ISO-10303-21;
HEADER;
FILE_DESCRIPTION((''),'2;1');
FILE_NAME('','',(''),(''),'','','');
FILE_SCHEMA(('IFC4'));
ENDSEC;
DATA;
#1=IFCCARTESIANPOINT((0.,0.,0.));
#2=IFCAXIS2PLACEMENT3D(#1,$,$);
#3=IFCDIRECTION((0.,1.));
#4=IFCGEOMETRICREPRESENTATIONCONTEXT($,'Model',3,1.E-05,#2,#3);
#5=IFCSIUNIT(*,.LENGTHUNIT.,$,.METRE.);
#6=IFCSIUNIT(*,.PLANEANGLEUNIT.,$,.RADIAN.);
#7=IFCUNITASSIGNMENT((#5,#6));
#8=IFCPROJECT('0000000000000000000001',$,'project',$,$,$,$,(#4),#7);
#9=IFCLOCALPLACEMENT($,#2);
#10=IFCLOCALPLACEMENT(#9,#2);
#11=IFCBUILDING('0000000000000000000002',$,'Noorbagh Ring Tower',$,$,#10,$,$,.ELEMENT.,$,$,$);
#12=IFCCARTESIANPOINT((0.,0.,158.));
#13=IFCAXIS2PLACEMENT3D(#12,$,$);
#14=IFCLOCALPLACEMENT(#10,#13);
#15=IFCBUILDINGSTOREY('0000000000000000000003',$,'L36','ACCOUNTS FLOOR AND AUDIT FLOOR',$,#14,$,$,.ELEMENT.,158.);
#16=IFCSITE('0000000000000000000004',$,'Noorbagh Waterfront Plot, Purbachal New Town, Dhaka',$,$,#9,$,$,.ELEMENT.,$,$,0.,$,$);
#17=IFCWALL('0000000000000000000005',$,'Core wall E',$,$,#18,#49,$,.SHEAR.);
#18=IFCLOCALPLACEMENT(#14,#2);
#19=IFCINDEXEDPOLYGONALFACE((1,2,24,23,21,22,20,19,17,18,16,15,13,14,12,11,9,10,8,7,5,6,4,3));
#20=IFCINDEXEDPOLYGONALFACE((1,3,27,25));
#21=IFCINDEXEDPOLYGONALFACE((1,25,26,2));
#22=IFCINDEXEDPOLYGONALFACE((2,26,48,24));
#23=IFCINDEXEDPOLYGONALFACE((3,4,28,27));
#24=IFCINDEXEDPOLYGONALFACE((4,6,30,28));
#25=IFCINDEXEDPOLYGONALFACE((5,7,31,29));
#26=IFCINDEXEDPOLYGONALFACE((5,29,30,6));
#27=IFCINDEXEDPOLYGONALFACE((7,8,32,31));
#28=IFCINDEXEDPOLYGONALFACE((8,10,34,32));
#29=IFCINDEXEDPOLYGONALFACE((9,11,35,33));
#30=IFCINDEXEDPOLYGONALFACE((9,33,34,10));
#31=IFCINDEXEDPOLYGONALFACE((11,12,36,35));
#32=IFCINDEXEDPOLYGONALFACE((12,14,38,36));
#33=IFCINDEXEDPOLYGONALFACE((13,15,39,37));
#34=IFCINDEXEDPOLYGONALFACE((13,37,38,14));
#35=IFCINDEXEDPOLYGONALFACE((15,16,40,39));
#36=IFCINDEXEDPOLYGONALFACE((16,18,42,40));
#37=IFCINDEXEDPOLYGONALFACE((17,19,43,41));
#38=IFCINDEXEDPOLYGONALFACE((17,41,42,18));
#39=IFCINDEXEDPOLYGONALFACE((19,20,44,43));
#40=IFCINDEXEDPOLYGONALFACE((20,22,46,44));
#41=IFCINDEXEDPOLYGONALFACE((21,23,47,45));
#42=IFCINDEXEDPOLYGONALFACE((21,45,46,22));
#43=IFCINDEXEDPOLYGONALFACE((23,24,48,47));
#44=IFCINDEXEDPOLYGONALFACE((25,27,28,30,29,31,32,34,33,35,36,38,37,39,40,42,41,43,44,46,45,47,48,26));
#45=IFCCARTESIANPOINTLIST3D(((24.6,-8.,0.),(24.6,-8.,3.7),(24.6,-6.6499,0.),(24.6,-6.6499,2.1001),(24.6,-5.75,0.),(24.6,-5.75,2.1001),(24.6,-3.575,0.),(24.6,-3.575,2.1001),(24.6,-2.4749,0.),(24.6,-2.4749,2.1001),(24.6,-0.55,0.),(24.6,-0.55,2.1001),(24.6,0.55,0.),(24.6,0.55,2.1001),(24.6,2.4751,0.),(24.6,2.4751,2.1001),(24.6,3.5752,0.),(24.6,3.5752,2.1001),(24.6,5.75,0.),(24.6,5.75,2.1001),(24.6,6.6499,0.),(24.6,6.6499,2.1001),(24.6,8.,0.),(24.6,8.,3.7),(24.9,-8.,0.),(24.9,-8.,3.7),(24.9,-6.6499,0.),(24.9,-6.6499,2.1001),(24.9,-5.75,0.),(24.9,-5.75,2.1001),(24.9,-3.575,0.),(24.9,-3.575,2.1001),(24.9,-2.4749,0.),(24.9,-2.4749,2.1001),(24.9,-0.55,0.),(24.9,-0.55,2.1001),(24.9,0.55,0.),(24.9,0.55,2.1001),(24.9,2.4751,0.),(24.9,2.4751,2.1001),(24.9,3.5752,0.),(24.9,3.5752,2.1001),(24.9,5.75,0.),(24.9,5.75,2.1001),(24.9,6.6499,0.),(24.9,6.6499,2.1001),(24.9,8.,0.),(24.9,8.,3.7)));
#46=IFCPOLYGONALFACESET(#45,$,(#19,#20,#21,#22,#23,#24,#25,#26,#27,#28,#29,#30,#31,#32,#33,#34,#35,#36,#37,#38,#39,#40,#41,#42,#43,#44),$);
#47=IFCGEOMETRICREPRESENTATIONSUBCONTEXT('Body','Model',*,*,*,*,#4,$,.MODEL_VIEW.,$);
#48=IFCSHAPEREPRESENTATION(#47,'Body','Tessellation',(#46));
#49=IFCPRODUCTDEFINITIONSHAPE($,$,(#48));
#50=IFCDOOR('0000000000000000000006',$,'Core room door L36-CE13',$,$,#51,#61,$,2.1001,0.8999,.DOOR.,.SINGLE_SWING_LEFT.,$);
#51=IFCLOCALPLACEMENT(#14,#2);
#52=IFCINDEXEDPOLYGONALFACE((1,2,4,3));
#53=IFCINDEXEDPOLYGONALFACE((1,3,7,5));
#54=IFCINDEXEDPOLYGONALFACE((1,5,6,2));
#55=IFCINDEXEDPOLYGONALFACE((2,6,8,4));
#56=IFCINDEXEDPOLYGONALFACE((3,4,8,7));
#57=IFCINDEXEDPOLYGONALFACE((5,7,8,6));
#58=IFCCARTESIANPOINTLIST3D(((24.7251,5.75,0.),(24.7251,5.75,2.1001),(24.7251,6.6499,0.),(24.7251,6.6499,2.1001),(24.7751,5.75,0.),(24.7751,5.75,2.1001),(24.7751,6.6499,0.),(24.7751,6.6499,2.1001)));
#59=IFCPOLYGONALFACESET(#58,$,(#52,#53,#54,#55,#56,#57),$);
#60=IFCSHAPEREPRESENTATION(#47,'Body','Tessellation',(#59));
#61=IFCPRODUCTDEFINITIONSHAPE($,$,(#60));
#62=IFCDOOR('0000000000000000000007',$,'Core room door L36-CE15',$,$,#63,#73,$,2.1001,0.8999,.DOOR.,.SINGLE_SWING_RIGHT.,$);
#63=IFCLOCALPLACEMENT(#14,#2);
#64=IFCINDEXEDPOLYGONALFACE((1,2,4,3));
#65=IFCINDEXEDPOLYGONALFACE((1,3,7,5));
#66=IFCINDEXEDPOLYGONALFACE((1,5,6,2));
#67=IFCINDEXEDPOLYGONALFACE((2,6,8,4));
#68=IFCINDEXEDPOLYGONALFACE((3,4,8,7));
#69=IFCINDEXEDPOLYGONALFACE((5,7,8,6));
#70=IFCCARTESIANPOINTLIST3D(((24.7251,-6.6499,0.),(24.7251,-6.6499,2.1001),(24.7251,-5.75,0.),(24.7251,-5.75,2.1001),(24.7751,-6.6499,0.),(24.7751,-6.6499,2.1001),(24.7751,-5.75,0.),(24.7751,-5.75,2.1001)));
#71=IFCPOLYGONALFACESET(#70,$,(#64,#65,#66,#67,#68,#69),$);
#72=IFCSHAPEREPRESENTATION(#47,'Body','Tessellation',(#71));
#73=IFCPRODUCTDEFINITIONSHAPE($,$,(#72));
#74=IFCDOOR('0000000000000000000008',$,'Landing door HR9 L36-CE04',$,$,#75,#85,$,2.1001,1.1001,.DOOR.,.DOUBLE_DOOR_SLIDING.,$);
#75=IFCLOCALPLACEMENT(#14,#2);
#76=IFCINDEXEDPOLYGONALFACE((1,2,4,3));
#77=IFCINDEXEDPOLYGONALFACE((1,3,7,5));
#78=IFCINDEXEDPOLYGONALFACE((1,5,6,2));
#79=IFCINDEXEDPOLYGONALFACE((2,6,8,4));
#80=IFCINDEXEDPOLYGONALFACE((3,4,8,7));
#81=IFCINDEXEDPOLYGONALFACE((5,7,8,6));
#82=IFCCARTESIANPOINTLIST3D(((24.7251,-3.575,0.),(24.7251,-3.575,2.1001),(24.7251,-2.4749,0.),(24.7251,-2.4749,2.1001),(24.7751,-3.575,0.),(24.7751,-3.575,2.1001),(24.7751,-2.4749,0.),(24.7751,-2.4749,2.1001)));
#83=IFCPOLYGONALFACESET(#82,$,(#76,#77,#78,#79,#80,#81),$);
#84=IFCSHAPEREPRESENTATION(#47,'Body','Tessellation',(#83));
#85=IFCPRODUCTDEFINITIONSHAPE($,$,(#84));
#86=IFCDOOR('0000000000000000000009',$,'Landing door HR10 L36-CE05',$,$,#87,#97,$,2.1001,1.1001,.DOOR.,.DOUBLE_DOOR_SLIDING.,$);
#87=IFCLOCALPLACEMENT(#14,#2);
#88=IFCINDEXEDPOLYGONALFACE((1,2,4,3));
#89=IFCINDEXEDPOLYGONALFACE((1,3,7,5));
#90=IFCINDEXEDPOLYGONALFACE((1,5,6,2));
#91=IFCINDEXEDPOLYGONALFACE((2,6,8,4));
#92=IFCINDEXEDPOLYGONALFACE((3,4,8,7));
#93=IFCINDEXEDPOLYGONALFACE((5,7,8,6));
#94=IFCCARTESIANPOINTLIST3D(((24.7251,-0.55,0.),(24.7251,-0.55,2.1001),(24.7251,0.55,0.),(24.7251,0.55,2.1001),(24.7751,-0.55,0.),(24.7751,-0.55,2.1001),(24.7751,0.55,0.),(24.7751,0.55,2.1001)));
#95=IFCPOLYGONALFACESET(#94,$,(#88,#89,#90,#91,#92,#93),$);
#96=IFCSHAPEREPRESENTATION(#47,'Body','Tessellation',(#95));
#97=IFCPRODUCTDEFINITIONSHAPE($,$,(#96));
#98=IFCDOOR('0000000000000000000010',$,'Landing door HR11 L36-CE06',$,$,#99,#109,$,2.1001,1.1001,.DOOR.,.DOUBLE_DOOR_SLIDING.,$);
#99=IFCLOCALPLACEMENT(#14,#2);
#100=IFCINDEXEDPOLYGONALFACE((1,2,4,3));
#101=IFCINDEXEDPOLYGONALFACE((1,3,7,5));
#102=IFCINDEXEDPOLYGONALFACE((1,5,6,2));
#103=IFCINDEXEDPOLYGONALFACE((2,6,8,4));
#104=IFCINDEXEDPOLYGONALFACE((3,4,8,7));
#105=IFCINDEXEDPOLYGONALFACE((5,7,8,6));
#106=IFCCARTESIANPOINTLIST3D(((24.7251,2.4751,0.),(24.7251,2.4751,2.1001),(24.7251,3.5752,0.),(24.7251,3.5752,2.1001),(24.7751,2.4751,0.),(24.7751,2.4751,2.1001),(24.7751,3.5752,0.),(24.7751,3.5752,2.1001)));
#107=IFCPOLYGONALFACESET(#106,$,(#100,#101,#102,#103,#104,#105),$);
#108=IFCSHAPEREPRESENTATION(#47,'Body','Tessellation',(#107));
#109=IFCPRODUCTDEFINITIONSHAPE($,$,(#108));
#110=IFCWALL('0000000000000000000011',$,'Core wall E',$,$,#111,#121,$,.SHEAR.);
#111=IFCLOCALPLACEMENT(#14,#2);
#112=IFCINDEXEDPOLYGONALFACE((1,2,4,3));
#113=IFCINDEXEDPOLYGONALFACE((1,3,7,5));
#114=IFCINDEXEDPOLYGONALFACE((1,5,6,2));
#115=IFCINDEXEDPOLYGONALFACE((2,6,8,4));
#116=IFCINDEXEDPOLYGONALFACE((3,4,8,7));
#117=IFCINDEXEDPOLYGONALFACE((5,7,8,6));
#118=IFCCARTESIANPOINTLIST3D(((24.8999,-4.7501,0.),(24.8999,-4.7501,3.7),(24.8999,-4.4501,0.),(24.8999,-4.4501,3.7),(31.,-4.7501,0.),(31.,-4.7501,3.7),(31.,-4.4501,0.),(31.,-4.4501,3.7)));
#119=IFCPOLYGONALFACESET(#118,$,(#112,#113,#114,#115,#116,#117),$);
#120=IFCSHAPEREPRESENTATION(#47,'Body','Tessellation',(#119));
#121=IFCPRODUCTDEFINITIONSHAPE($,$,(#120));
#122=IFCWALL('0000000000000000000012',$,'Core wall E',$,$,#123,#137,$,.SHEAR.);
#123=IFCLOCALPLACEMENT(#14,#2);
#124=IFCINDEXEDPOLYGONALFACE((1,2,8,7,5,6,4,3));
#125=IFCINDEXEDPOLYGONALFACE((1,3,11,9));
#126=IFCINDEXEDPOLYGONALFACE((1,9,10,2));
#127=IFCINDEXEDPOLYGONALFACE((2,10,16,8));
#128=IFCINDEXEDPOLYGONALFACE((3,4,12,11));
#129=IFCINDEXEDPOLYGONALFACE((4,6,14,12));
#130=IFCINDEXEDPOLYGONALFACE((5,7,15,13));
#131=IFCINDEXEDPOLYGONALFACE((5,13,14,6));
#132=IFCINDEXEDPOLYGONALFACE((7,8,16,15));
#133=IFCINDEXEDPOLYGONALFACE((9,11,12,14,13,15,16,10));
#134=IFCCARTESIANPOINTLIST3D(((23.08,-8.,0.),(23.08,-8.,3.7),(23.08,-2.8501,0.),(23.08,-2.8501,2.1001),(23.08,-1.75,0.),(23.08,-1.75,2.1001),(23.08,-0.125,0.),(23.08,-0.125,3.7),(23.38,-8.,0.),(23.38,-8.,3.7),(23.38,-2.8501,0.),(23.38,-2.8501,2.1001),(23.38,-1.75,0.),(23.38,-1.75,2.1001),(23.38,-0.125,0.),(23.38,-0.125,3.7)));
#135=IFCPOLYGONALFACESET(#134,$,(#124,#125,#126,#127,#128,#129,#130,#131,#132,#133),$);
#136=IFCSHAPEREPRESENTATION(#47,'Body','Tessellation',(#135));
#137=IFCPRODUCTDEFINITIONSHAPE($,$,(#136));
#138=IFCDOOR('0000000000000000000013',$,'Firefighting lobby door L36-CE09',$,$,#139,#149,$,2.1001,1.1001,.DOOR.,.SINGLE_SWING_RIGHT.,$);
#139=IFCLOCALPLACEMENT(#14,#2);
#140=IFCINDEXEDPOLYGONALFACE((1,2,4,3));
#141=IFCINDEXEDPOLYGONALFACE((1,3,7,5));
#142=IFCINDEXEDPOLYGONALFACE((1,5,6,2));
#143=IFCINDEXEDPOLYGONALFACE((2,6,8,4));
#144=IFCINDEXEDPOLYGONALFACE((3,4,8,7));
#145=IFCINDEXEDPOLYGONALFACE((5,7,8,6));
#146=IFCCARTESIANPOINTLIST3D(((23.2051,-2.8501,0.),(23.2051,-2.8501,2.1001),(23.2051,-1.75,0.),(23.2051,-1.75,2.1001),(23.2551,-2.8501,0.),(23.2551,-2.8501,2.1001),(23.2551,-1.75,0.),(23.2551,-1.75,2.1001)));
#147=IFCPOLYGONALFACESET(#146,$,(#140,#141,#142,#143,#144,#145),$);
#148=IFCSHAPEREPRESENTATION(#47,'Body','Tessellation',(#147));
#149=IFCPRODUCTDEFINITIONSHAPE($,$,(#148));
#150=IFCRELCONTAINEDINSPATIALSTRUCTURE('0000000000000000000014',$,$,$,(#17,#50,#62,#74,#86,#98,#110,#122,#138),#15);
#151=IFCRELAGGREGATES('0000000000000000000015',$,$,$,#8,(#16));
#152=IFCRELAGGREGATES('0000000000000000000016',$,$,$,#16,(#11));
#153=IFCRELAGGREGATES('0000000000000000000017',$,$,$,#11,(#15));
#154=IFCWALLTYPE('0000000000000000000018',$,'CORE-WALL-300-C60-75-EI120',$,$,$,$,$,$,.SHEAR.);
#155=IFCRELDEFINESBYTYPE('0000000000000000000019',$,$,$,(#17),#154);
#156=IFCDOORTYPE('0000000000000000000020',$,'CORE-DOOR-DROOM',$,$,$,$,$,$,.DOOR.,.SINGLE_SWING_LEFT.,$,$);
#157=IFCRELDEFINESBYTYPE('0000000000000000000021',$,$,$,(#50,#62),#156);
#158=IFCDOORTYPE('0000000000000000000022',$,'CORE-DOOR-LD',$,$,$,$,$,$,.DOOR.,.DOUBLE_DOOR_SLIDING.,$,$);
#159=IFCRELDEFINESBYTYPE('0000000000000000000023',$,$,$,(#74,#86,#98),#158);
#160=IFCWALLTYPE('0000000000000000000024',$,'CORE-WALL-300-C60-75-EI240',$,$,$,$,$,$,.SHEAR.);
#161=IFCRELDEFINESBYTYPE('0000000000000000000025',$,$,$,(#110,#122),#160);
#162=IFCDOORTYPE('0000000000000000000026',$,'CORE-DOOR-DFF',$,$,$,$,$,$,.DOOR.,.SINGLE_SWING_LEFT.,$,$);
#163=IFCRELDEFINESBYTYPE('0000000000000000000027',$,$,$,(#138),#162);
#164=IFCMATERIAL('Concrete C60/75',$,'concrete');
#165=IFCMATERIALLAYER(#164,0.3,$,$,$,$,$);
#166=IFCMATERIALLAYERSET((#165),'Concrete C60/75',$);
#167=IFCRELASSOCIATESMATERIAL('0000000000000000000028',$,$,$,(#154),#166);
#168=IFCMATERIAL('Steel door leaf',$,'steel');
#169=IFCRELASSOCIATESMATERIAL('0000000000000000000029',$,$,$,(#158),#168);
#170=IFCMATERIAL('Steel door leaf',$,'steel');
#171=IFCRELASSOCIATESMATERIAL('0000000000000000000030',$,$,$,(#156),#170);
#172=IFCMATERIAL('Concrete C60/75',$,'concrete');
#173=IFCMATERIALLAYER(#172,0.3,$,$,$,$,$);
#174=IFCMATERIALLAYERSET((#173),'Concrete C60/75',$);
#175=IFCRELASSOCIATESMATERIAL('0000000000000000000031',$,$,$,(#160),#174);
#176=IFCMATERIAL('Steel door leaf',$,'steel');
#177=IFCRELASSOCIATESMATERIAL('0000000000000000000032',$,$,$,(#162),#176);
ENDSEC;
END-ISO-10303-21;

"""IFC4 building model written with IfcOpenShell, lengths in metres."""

from ifc_helpers import new_model, si_unit, direction, frame, frame_2d, origin, place, context, subcontext, project, spatial, rectangle, extrude, material, layer, layer_set, type_object, element, fill, save


model = new_model("IFC4")

# Units and contexts
model_context = context("Model", 3, precision=1e-05, world=origin(), true_north=direction((0.0, 1.0)))
body_context = subcontext(model_context, "Body", "Model", "MODEL_VIEW")
ifc_project = project(units=[si_unit("LENGTHUNIT", "METRE"), si_unit("PLANEANGLEUNIT", "RADIAN")], contexts=[model_context])

# Site, building, storey
site_placement = place(None, origin())
site = spatial("IfcSite", under=ifc_project, at=site_placement, Name="Noorbagh Waterfront Plot, Purbachal New Town, Dhaka", CompositionType="ELEMENT", RefElevation=0.0)
building_placement = place(site_placement, origin())
building = spatial("IfcBuilding", under=site, at=building_placement, Name="Noorbagh Ring Tower", CompositionType="ELEMENT")
storey_placement = place(building_placement, frame((0.0, 0.0, 158.0)))
storey = spatial("IfcBuildingStorey", under=building, at=storey_placement, Name="L36", Description="ACCOUNTS FLOOR AND AUDIT FLOOR", CompositionType="ELEMENT", Elevation=158.0)

# Shared definitions
ifc_material_1 = material(Name="Concrete C60/75", Category="concrete")
ifc_layer_1 = layer(ifc_material_1, 0.3)
ifc_layer_set_1 = layer_set([ifc_layer_1], Name="Concrete C60/75")
wall_type_1 = type_object("IfcWallType", Name="CORE-WALL-300-C60-75-EI120", PredefinedType="SHEAR", material=ifc_layer_set_1)

# Wall, openings, doors
ifc_material_2 = material(Name="Steel door leaf", Category="steel")
door_type_1 = type_object("IfcDoorType", Name="CORE-DOOR-LD", OperationType="DOUBLE_DOOR_SLIDING", PredefinedType="DOOR", material=ifc_material_2)
wall_1_placement = place(storey_placement, frame((24.75, -8.0, 0.0), z_axis=(0.0, 0.0, 1.0), x_axis=(0.0, 1.0, 0.0)))
wall_1 = element("IfcWall", 1, at=wall_1_placement, inside=storey, type_object=wall_type_1, Name="Core wall E", PredefinedType="SHEAR", context=body_context, shape_type="SweptSolid", body=[
    extrude(rectangle(XDim=16.0, YDim=0.3, at=frame_2d((8.0, 0.0))), origin(), (0.0, 0.0, 1.0), 3.7),
])
opening_1_placement = place(wall_1_placement, frame((4.425, 0.0, 0.0)))
opening_1 = element("IfcOpeningElement", 2, at=opening_1_placement, cuts=wall_1, PredefinedType="OPENING", context=body_context, shape_type="SweptSolid", body=[
    extrude(rectangle(XDim=1.1001, YDim=2.1001, at=frame_2d((0.55, 1.05))), frame((0.0, 0.1602, 0.0), z_axis=(0.0, -1.0, 0.0), x_axis=(1.0, 0.0, 0.0)), (0.0, 0.0, 1.0), 0.3201),
])
opening_2_placement = place(wall_1_placement, frame((7.45, 0.0, 0.0)))
opening_2 = element("IfcOpeningElement", 3, at=opening_2_placement, cuts=wall_1, PredefinedType="OPENING", context=body_context, shape_type="SweptSolid", body=[
    extrude(rectangle(XDim=1.1001, YDim=2.1001, at=frame_2d((0.55, 1.05))), frame((0.0, 0.1602, 0.0), z_axis=(0.0, -1.0, 0.0), x_axis=(1.0, 0.0, 0.0)), (0.0, 0.0, 1.0), 0.3201),
])
opening_3_placement = place(wall_1_placement, frame((10.4751, 0.0, 0.0)))
opening_3 = element("IfcOpeningElement", 4, at=opening_3_placement, cuts=wall_1, PredefinedType="OPENING", context=body_context, shape_type="SweptSolid", body=[
    extrude(rectangle(XDim=1.1001, YDim=2.1001, at=frame_2d((0.55, 1.05))), frame((0.0, 0.1602, 0.0), z_axis=(0.0, -1.0, 0.0), x_axis=(1.0, 0.0, 0.0)), (0.0, 0.0, 1.0), 0.3201),
])
opening_4_placement = place(wall_1_placement, frame((13.75, 0.0, 0.0)))
opening_4 = element("IfcOpeningElement", 5, at=opening_4_placement, cuts=wall_1, PredefinedType="OPENING", context=body_context, shape_type="SweptSolid", body=[
    extrude(rectangle(XDim=0.8999, YDim=2.1001, at=frame_2d((0.45, 1.05))), frame((0.0, 0.1602, 0.0), z_axis=(0.0, -1.0, 0.0), x_axis=(1.0, 0.0, 0.0)), (0.0, 0.0, 1.0), 0.3201),
])
opening_5_placement = place(wall_1_placement, frame((1.3501, 0.0, 0.0)))
opening_5 = element("IfcOpeningElement", 6, at=opening_5_placement, cuts=wall_1, PredefinedType="OPENING", context=body_context, shape_type="SweptSolid", body=[
    extrude(rectangle(XDim=0.8999, YDim=2.1001, at=frame_2d((0.45, 1.05))), frame((0.0, 0.1602, 0.0), z_axis=(0.0, -1.0, 0.0), x_axis=(1.0, 0.0, 0.0)), (0.0, 0.0, 1.0), 0.3201),
])
ifc_material_3 = material(Name="Steel door leaf", Category="steel")
door_type_2 = type_object("IfcDoorType", Name="CORE-DOOR-DROOM", OperationType="SINGLE_SWING_LEFT", PredefinedType="DOOR", material=ifc_material_3)
door_1_placement = place(opening_4_placement, origin())
door_1 = element("IfcDoor", 7, at=door_1_placement, inside=storey, type_object=door_type_2, Name="Core room door L36-CE13", OperationType="SINGLE_SWING_LEFT", OverallHeight=2.1001, OverallWidth=0.8999, PredefinedType="DOOR", context=body_context, shape_type="SweptSolid", body=[
    extrude(rectangle(XDim=0.8999, YDim=2.1001, at=frame_2d((0.45, 1.05))), frame((0.0, 0.0249, 0.0), z_axis=(0.0, -1.0, 0.0), x_axis=(1.0, 0.0, 0.0)), (0.0, 0.0, 1.0), 0.05),
])
fill(opening_4, door_1)
door_2_placement = place(opening_5_placement, origin())
door_2 = element("IfcDoor", 8, at=door_2_placement, inside=storey, type_object=door_type_2, Name="Core room door L36-CE15", OperationType="SINGLE_SWING_RIGHT", OverallHeight=2.1001, OverallWidth=0.8999, PredefinedType="DOOR", context=body_context, shape_type="SweptSolid", body=[
    extrude(rectangle(XDim=0.8999, YDim=2.1001, at=frame_2d((0.45, 1.05))), frame((0.0, 0.0249, 0.0), z_axis=(0.0, -1.0, 0.0), x_axis=(1.0, 0.0, 0.0)), (0.0, 0.0, 1.0), 0.05),
])
fill(opening_5, door_2)
door_3_placement = place(opening_1_placement, origin())
door_3 = element("IfcDoor", 9, at=door_3_placement, inside=storey, type_object=door_type_1, Name="Landing door HR9 L36-CE04", OperationType="DOUBLE_DOOR_SLIDING", OverallHeight=2.1001, OverallWidth=1.1001, PredefinedType="DOOR", context=body_context, shape_type="SweptSolid", body=[
    extrude(rectangle(XDim=1.1001, YDim=2.1001, at=frame_2d((0.55, 1.05))), frame((0.0, 0.0249, 0.0), z_axis=(0.0, -1.0, 0.0), x_axis=(1.0, 0.0, 0.0)), (0.0, 0.0, 1.0), 0.05),
])
fill(opening_1, door_3)
door_4_placement = place(opening_2_placement, origin())
door_4 = element("IfcDoor", 10, at=door_4_placement, inside=storey, type_object=door_type_1, Name="Landing door HR10 L36-CE05", OperationType="DOUBLE_DOOR_SLIDING", OverallHeight=2.1001, OverallWidth=1.1001, PredefinedType="DOOR", context=body_context, shape_type="SweptSolid", body=[
    extrude(rectangle(XDim=1.1001, YDim=2.1001, at=frame_2d((0.55, 1.05))), frame((0.0, 0.0249, 0.0), z_axis=(0.0, -1.0, 0.0), x_axis=(1.0, 0.0, 0.0)), (0.0, 0.0, 1.0), 0.05),
])
fill(opening_2, door_4)
door_5_placement = place(opening_3_placement, origin())
door_5 = element("IfcDoor", 11, at=door_5_placement, inside=storey, type_object=door_type_1, Name="Landing door HR11 L36-CE06", OperationType="DOUBLE_DOOR_SLIDING", OverallHeight=2.1001, OverallWidth=1.1001, PredefinedType="DOOR", context=body_context, shape_type="SweptSolid", body=[
    extrude(rectangle(XDim=1.1001, YDim=2.1001, at=frame_2d((0.55, 1.05))), frame((0.0, 0.0249, 0.0), z_axis=(0.0, -1.0, 0.0), x_axis=(1.0, 0.0, 0.0)), (0.0, 0.0, 1.0), 0.05),
])
fill(opening_3, door_5)

# Wall
ifc_material_4 = material(Name="Concrete C60/75", Category="concrete")
ifc_layer_2 = layer(ifc_material_4, 0.3)
ifc_layer_set_2 = layer_set([ifc_layer_2], Name="Concrete C60/75")
wall_type_2 = type_object("IfcWallType", Name="CORE-WALL-300-C60-75-EI240", PredefinedType="SHEAR", material=ifc_layer_set_2)
wall_2_placement = place(storey_placement, frame((24.8999, -4.6001, 0.0), z_axis=(0.0, 0.0, 1.0), x_axis=(1.0, 0.0, 0.0)))
element("IfcWall", 12, at=wall_2_placement, inside=storey, type_object=wall_type_2, Name="Core wall E", PredefinedType="SHEAR", context=body_context, shape_type="SweptSolid", body=[
    extrude(rectangle(XDim=6.1001, YDim=0.3, at=frame_2d((3.05, 0.0))), origin(), (0.0, 0.0, 1.0), 3.7),
])

# Wall, opening, door
wall_3_placement = place(storey_placement, frame((23.23, -8.0, 0.0), z_axis=(0.0, 0.0, 1.0), x_axis=(0.0, 1.0, 0.0)))
wall_3 = element("IfcWall", 13, at=wall_3_placement, inside=storey, type_object=wall_type_2, Name="Core wall E", PredefinedType="SHEAR", context=body_context, shape_type="SweptSolid", body=[
    extrude(rectangle(XDim=7.875, YDim=0.3, at=frame_2d((3.9375, 0.0))), origin(), (0.0, 0.0, 1.0), 3.7),
])
opening_6_placement = place(wall_3_placement, frame((5.1499, 0.0, 0.0)))
opening_6 = element("IfcOpeningElement", 14, at=opening_6_placement, cuts=wall_3, PredefinedType="OPENING", context=body_context, shape_type="SweptSolid", body=[
    extrude(rectangle(XDim=1.1001, YDim=2.1001, at=frame_2d((0.55, 1.05))), frame((0.0, 0.1602, 0.0), z_axis=(0.0, -1.0, 0.0), x_axis=(1.0, 0.0, 0.0)), (0.0, 0.0, 1.0), 0.3201),
])
ifc_material_5 = material(Name="Steel door leaf", Category="steel")
door_type_3 = type_object("IfcDoorType", Name="CORE-DOOR-DFF", OperationType="SINGLE_SWING_LEFT", PredefinedType="DOOR", material=ifc_material_5)
door_6_placement = place(opening_6_placement, origin())
door_6 = element("IfcDoor", 15, at=door_6_placement, inside=storey, type_object=door_type_3, Name="Firefighting lobby door L36-CE09", OperationType="SINGLE_SWING_RIGHT", OverallHeight=2.1001, OverallWidth=1.1001, PredefinedType="DOOR", context=body_context, shape_type="SweptSolid", body=[
    extrude(rectangle(XDim=1.1001, YDim=2.1001, at=frame_2d((0.55, 1.05))), frame((0.0, 0.0249, 0.0), z_axis=(0.0, -1.0, 0.0), x_axis=(1.0, 0.0, 0.0)), (0.0, 0.0, 1.0), 0.05),
])
fill(opening_6, door_6)

save(model, "model.ifc")
